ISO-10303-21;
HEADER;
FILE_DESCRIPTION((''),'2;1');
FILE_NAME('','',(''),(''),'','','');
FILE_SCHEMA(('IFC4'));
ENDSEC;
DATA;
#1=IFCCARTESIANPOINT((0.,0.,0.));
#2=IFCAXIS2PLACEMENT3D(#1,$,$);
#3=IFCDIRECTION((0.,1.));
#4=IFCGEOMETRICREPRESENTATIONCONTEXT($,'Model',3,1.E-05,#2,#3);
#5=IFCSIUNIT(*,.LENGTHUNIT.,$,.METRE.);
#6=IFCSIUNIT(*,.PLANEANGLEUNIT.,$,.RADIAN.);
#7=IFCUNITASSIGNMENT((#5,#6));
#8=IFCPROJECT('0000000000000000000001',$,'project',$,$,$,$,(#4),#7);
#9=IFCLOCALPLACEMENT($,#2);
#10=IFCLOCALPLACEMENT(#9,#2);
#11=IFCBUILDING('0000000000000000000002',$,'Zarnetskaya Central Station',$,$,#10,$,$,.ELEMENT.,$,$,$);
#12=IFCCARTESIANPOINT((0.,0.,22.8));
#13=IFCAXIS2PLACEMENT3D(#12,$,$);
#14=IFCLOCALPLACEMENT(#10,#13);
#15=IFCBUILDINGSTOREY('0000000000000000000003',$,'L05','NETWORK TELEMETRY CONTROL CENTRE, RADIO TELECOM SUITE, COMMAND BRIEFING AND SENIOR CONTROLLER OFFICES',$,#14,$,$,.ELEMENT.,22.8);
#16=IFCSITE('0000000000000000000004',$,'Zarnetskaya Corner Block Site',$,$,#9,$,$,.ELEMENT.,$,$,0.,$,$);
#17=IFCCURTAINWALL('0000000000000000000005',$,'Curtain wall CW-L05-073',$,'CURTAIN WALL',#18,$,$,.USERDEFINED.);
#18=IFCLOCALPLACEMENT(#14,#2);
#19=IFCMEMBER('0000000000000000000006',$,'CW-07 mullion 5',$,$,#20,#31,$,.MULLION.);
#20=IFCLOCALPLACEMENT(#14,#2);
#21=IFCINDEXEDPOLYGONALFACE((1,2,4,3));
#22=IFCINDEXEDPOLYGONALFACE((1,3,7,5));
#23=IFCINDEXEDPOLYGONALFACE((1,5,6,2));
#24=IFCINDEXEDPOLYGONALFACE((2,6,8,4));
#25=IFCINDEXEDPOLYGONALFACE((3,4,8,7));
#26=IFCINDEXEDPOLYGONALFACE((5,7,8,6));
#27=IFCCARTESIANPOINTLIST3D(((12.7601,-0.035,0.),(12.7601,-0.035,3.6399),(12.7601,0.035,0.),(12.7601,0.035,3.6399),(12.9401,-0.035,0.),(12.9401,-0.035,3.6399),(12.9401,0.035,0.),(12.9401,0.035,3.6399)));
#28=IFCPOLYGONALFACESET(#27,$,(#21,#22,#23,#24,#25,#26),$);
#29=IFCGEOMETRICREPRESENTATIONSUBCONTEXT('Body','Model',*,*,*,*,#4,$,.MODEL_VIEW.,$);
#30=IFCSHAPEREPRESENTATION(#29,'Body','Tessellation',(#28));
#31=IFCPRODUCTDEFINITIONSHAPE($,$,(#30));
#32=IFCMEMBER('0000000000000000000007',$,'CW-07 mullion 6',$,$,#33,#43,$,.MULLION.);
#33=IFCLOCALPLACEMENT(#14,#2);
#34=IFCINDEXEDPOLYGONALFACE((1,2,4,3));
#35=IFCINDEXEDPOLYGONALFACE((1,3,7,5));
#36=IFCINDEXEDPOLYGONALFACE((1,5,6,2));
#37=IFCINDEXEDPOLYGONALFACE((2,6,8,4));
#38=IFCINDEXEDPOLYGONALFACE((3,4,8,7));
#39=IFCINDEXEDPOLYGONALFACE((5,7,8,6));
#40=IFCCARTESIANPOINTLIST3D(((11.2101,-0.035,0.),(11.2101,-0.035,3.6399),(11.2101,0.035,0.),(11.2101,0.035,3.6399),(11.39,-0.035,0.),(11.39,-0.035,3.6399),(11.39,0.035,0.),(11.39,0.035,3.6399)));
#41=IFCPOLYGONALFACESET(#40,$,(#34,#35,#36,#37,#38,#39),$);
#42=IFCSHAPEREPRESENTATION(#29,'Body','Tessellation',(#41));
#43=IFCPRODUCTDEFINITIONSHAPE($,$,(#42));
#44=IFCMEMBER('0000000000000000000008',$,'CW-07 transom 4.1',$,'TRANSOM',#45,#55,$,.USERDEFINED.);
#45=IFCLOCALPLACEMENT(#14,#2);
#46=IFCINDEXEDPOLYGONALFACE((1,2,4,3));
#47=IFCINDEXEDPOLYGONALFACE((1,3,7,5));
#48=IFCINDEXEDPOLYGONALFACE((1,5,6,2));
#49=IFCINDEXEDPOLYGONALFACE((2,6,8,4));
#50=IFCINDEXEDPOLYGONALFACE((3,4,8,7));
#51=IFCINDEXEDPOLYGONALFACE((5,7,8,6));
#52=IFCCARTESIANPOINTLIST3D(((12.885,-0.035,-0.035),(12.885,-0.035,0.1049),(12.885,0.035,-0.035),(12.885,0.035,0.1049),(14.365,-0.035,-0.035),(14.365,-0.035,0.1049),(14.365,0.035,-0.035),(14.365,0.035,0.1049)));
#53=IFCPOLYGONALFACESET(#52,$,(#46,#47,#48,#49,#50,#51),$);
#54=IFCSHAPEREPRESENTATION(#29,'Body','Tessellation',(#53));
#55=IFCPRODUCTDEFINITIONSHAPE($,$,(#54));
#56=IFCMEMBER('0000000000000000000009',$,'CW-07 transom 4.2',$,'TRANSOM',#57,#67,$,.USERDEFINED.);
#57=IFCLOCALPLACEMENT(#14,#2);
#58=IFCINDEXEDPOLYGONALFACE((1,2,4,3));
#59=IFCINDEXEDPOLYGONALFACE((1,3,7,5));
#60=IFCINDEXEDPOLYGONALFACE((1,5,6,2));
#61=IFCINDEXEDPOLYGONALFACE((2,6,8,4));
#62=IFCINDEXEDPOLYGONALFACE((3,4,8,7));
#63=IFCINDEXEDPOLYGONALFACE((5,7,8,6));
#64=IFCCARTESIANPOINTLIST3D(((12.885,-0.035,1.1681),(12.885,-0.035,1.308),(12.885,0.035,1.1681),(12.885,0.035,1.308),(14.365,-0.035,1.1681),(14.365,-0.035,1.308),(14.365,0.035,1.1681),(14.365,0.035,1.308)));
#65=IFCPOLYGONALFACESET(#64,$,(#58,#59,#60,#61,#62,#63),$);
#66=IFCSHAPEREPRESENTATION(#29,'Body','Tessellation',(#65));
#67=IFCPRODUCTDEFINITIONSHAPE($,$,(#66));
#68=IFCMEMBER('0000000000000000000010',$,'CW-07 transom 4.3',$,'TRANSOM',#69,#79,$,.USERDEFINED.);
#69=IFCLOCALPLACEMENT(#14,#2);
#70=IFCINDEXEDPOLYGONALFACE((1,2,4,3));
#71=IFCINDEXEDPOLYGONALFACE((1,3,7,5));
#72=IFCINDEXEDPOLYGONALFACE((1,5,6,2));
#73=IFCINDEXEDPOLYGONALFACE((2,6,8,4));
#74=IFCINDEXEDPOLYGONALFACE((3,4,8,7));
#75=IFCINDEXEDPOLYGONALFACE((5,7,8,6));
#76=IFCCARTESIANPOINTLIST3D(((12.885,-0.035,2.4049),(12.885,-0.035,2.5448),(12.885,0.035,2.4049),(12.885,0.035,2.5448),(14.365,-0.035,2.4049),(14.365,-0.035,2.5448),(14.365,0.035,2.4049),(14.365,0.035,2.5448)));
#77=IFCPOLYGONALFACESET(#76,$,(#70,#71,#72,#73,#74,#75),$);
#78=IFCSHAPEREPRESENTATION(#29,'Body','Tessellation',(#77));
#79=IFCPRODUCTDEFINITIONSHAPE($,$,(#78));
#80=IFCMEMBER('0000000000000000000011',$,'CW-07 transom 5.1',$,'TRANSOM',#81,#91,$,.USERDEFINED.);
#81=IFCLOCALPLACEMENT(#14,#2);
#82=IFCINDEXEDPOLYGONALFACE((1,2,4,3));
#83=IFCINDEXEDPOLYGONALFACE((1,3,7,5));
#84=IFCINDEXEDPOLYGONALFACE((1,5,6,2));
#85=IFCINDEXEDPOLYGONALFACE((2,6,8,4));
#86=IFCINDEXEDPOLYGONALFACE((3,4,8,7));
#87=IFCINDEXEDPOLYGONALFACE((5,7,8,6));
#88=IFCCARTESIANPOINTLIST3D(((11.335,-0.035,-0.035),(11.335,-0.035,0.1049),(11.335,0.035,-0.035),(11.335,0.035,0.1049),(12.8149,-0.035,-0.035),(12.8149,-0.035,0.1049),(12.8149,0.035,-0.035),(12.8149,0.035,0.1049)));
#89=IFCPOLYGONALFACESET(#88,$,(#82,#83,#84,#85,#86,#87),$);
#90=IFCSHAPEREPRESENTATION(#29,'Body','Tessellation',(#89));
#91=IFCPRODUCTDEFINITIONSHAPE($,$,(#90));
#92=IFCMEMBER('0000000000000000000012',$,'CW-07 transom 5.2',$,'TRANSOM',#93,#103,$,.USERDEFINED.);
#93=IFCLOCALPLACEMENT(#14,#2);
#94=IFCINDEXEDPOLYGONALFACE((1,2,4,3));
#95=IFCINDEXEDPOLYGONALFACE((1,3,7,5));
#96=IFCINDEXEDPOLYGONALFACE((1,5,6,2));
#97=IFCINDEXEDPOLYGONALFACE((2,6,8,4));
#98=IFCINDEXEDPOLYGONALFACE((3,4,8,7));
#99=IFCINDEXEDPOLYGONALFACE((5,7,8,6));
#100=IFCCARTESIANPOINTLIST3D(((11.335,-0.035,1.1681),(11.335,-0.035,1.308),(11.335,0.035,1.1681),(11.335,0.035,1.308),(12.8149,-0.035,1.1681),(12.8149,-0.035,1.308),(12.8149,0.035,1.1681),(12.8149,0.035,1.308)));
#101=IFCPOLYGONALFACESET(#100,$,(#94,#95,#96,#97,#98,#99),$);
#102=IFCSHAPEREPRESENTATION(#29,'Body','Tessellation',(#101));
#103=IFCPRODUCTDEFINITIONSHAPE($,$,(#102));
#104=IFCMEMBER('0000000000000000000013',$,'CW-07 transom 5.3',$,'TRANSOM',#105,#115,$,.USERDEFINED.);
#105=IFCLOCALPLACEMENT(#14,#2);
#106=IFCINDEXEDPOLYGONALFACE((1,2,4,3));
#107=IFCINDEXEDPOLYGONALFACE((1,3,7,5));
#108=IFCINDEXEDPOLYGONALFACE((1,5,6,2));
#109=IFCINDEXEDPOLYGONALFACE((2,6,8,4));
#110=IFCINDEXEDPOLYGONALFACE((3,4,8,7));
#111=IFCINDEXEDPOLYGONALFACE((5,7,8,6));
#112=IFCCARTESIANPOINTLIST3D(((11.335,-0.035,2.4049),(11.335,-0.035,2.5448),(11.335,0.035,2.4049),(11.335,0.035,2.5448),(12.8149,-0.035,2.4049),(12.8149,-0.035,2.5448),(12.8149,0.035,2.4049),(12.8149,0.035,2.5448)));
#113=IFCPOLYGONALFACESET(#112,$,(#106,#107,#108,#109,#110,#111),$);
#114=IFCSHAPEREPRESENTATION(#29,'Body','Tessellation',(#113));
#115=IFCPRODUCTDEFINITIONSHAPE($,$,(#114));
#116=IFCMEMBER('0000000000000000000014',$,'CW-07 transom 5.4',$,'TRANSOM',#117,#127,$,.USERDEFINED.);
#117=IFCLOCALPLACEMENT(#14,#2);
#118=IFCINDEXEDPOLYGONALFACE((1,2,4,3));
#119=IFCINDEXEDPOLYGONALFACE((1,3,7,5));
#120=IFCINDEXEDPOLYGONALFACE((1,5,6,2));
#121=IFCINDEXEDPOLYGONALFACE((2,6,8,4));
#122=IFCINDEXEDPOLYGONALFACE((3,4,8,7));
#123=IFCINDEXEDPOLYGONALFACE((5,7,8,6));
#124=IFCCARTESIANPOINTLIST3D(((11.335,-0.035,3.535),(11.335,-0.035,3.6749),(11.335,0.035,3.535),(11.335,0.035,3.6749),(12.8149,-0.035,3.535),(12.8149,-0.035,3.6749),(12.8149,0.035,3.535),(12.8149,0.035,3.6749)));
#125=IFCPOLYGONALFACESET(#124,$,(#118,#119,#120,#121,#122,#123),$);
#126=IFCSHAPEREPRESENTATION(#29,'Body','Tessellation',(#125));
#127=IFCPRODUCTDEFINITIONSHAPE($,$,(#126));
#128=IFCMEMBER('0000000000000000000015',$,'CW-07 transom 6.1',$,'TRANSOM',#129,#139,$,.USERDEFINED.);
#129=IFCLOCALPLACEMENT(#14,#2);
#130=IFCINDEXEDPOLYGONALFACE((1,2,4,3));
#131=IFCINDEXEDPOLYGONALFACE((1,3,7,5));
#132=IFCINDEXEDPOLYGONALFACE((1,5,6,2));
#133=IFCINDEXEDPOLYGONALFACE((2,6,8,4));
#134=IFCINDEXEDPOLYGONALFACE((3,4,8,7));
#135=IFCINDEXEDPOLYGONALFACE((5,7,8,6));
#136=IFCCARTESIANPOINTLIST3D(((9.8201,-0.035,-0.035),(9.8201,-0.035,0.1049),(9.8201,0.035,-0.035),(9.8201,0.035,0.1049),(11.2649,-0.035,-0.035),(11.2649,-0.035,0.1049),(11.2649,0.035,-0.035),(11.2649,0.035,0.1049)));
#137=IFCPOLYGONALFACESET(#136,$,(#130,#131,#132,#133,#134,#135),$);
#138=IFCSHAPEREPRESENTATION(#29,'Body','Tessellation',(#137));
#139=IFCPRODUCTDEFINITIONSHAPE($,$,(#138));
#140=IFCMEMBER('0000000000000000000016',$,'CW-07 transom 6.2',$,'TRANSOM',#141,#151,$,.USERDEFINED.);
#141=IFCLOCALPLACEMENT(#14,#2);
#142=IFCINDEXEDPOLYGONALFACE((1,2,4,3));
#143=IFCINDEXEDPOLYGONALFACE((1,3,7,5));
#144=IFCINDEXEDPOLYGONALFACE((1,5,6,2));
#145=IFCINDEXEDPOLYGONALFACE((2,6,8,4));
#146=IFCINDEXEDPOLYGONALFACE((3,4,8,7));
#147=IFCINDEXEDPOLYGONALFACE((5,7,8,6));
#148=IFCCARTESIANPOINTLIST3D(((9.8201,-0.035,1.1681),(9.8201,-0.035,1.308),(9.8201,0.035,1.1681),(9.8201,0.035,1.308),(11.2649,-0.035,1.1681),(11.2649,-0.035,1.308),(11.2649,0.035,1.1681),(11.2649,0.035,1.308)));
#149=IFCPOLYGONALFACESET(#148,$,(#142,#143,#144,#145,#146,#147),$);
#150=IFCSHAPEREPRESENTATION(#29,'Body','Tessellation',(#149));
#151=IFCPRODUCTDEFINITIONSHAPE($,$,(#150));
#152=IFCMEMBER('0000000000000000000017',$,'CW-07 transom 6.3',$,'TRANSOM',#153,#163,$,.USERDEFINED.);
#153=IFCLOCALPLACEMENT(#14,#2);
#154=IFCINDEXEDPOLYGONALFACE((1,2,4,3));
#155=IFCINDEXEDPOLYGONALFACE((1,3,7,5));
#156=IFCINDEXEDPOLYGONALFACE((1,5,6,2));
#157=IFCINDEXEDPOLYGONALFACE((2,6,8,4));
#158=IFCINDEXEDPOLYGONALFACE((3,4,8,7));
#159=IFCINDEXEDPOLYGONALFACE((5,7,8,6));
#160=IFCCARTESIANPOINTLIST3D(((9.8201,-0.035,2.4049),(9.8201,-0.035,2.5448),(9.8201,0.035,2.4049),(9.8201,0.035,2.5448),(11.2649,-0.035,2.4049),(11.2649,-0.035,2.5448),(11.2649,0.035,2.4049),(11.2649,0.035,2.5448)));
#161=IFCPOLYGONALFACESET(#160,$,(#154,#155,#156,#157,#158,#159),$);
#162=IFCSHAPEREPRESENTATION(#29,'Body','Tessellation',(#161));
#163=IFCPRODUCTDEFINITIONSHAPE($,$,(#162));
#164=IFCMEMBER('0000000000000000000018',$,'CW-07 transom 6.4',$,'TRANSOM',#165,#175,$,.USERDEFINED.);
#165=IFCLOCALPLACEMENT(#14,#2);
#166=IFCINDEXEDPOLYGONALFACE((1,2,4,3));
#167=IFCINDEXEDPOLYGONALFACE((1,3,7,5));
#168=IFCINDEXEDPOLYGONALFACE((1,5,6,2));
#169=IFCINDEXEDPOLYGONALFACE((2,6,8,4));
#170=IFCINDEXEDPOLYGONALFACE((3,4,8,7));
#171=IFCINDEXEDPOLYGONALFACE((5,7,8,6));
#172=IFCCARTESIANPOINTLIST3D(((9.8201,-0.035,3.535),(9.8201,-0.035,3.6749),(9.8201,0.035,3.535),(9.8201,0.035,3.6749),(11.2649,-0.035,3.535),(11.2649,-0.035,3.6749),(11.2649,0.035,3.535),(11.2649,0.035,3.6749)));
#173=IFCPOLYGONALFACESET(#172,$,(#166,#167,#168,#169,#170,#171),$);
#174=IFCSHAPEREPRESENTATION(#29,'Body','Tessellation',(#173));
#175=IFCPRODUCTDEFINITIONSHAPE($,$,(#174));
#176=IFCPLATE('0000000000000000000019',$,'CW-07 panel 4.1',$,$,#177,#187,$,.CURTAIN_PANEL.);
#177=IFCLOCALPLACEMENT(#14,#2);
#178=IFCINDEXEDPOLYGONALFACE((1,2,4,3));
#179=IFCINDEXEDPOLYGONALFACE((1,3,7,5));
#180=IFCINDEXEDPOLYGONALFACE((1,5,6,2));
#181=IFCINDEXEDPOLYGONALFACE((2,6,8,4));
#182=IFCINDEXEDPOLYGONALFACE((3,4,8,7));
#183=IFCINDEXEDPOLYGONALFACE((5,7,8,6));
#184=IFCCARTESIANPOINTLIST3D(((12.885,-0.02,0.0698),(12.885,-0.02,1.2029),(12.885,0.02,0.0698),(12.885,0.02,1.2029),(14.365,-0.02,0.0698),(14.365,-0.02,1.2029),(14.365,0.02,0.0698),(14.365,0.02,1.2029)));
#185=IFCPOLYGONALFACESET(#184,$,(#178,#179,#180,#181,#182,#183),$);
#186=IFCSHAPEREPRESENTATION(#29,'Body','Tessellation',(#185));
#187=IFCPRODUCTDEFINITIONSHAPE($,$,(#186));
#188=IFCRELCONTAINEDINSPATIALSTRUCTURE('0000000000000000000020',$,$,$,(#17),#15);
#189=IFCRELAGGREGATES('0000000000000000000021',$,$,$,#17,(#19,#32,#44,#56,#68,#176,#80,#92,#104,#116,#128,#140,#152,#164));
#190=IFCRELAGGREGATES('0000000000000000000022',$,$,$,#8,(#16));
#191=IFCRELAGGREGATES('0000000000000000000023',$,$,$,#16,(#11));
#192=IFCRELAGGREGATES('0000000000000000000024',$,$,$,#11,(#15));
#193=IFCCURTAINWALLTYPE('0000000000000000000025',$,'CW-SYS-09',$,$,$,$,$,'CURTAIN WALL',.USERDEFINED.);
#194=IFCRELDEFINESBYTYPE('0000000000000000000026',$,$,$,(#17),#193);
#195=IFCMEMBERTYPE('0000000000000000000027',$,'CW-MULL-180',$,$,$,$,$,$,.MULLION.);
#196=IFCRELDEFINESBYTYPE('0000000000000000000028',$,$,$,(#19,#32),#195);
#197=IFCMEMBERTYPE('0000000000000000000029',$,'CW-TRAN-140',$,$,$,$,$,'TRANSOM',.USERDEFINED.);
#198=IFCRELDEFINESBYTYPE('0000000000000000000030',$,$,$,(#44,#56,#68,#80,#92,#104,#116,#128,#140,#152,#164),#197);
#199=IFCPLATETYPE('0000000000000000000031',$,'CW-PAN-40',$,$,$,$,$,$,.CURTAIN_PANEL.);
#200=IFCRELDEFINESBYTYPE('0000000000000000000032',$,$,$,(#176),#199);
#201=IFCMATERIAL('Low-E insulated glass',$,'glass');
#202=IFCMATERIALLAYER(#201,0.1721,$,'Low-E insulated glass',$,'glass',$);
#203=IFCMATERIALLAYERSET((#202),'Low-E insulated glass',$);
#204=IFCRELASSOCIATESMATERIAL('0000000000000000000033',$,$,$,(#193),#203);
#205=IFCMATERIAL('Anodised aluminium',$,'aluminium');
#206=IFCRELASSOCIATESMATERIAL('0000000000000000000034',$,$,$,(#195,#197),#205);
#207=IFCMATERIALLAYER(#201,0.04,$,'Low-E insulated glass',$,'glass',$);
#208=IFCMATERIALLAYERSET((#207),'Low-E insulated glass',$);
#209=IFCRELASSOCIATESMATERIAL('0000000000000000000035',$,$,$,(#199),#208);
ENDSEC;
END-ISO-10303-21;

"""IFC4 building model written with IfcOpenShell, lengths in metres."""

from ifc_helpers import new_model, si_unit, direction, frame, origin, origin_2d, place, context, subcontext, project, spatial, rectangle, extrude, material, layer, layer_set, material_profile, profile_set, type_object, element, aggregate, save


model = new_model("IFC4")

# Units and contexts
model_context = context("Model", 3, precision=1e-05, world=origin(), true_north=direction((0.0, 1.0)))
body_context = subcontext(model_context, "Body", "Model", "MODEL_VIEW")
ifc_project = project(units=[si_unit("LENGTHUNIT", "METRE"), si_unit("PLANEANGLEUNIT", "RADIAN")], contexts=[model_context])

# Site, building, storey
site_placement = place(None, origin())
site = spatial("IfcSite", under=ifc_project, at=site_placement, Name="Zarnetskaya Corner Block Site", CompositionType="ELEMENT", RefElevation=0.0)
building_placement = place(site_placement, origin())
building = spatial("IfcBuilding", under=site, at=building_placement, Name="Zarnetskaya Central Station", CompositionType="ELEMENT")
storey_placement = place(building_placement, frame((0.0, 0.0, 22.8)))
storey = spatial("IfcBuildingStorey", under=building, at=storey_placement, Name="L05", Description="NETWORK TELEMETRY CONTROL CENTRE, RADIO TELECOM SUITE, COMMAND BRIEFING AND SENIOR CONTROLLER OFFICES", CompositionType="ELEMENT", Elevation=22.8)

# Curtain wall, members, plate
ifc_material_1 = material(Name="Low-E insulated glass", Category="glass")
ifc_layer_1 = layer(ifc_material_1, 0.1721, Name="Low-E insulated glass", Category="glass")
ifc_layer_set_1 = layer_set([ifc_layer_1], Name="Low-E insulated glass")
curtain_wall_type = type_object("IfcCurtainWallType", Name="CW-SYS-09", ElementType="CURTAIN WALL", PredefinedType="USERDEFINED", material=ifc_layer_set_1)
curtain_wall_placement = place(storey_placement, origin())
curtain_wall = element("IfcCurtainWall", 1, at=curtain_wall_placement, inside=storey, type_object=curtain_wall_type, Name="Curtain wall CW-L05-073", ObjectType="CURTAIN WALL", PredefinedType="USERDEFINED")
ifc_material_2 = material(Name="Anodised aluminium", Category="aluminium")
ifc_material_profile_1 = material_profile(ifc_material_2, rectangle(XDim=0.0701, YDim=0.1799, at=origin_2d()), Name="ALU MULL 70x180")
ifc_profile_set_1 = profile_set([ifc_material_profile_1], Name="Anodised aluminium")
member_type_1 = type_object("IfcMemberType", Name="CW-MULL-180", PredefinedType="MULLION", material=ifc_profile_set_1)
member_1_placement = place(storey_placement, frame((12.8501, 0.0, 0.0), z_axis=(0.0, 0.0, 1.0), x_axis=(0.0, -1.0, 0.0)))
member_1 = element("IfcMember", 2, at=member_1_placement, type_object=member_type_1, Name="CW-07 mullion 5", PredefinedType="MULLION", context=body_context, shape_type="SweptSolid", body=[
    extrude(rectangle(XDim=0.0701, YDim=0.1799, at=origin_2d()), origin(), (0.0, 0.0, 1.0), 3.6399),
])
member_2_placement = place(storey_placement, frame((11.3, 0.0, 0.0), z_axis=(0.0, 0.0, 1.0), x_axis=(0.0, -1.0, 0.0)))
member_2 = element("IfcMember", 3, at=member_2_placement, type_object=member_type_1, Name="CW-07 mullion 6", PredefinedType="MULLION", context=body_context, shape_type="SweptSolid", body=[
    extrude(rectangle(XDim=0.0701, YDim=0.1799, at=origin_2d()), origin(), (0.0, 0.0, 1.0), 3.6399),
])
ifc_material_profile_2 = material_profile(ifc_material_2, rectangle(XDim=0.0701, YDim=0.1399, at=origin_2d()), Name="ALU TRAN 70x140")
ifc_profile_set_2 = profile_set([ifc_material_profile_2], Name="Anodised aluminium")
member_type_2 = type_object("IfcMemberType", Name="CW-TRAN-140", ElementType="TRANSOM", PredefinedType="USERDEFINED", material=ifc_profile_set_2)
member_3_placement = place(storey_placement, frame((14.365, 0.0, 0.0349), z_axis=(-1.0, 0.0, 0.0), x_axis=(0.0, -1.0, 0.0)))
member_3 = element("IfcMember", 4, at=member_3_placement, type_object=member_type_2, Name="CW-07 transom 4.1", ObjectType="TRANSOM", PredefinedType="USERDEFINED", context=body_context, shape_type="SweptSolid", body=[
    extrude(rectangle(XDim=0.0701, YDim=0.1399, at=origin_2d()), origin(), (0.0, 0.0, 1.0), 1.48),
])
member_4_placement = place(storey_placement, frame((14.365, 0.0, 1.238), z_axis=(-1.0, 0.0, 0.0), x_axis=(0.0, -1.0, 0.0)))
member_4 = element("IfcMember", 5, at=member_4_placement, type_object=member_type_2, Name="CW-07 transom 4.2", ObjectType="TRANSOM", PredefinedType="USERDEFINED", context=body_context, shape_type="SweptSolid", body=[
    extrude(rectangle(XDim=0.0701, YDim=0.1399, at=origin_2d()), origin(), (0.0, 0.0, 1.0), 1.48),
])
member_5_placement = place(storey_placement, frame((14.365, 0.0, 2.4749), z_axis=(-1.0, 0.0, 0.0), x_axis=(0.0, -1.0, 0.0)))
member_5 = element("IfcMember", 6, at=member_5_placement, type_object=member_type_2, Name="CW-07 transom 4.3", ObjectType="TRANSOM", PredefinedType="USERDEFINED", context=body_context, shape_type="SweptSolid", body=[
    extrude(rectangle(XDim=0.0701, YDim=0.1399, at=origin_2d()), origin(), (0.0, 0.0, 1.0), 1.48),
])
member_6_placement = place(storey_placement, frame((12.8149, 0.0, 0.0349), z_axis=(-1.0, 0.0, 0.0), x_axis=(0.0, -1.0, 0.0)))
member_6 = element("IfcMember", 7, at=member_6_placement, type_object=member_type_2, Name="CW-07 transom 5.1", ObjectType="TRANSOM", PredefinedType="USERDEFINED", context=body_context, shape_type="SweptSolid", body=[
    extrude(rectangle(XDim=0.0701, YDim=0.1399, at=origin_2d()), origin(), (0.0, 0.0, 1.0), 1.48),
])
member_7_placement = place(storey_placement, frame((12.8149, 0.0, 1.238), z_axis=(-1.0, 0.0, 0.0), x_axis=(0.0, -1.0, 0.0)))
member_7 = element("IfcMember", 8, at=member_7_placement, type_object=member_type_2, Name="CW-07 transom 5.2", ObjectType="TRANSOM", PredefinedType="USERDEFINED", context=body_context, shape_type="SweptSolid", body=[
    extrude(rectangle(XDim=0.0701, YDim=0.1399, at=origin_2d()), origin(), (0.0, 0.0, 1.0), 1.48),
])
member_8_placement = place(storey_placement, frame((12.8149, 0.0, 2.4749), z_axis=(-1.0, 0.0, 0.0), x_axis=(0.0, -1.0, 0.0)))
member_8 = element("IfcMember", 9, at=member_8_placement, type_object=member_type_2, Name="CW-07 transom 5.3", ObjectType="TRANSOM", PredefinedType="USERDEFINED", context=body_context, shape_type="SweptSolid", body=[
    extrude(rectangle(XDim=0.0701, YDim=0.1399, at=origin_2d()), origin(), (0.0, 0.0, 1.0), 1.48),
])
member_9_placement = place(storey_placement, frame((12.8149, 0.0, 3.605), z_axis=(-1.0, 0.0, 0.0), x_axis=(0.0, -1.0, 0.0)))
member_9 = element("IfcMember", 10, at=member_9_placement, type_object=member_type_2, Name="CW-07 transom 5.4", ObjectType="TRANSOM", PredefinedType="USERDEFINED", context=body_context, shape_type="SweptSolid", body=[
    extrude(rectangle(XDim=0.0701, YDim=0.1399, at=origin_2d()), origin(), (0.0, 0.0, 1.0), 1.48),
])
member_10_placement = place(storey_placement, frame((11.2649, 0.0, 0.0349), z_axis=(-1.0, 0.0, 0.0), x_axis=(0.0, -1.0, 0.0)))
member_10 = element("IfcMember", 11, at=member_10_placement, type_object=member_type_2, Name="CW-07 transom 6.1", ObjectType="TRANSOM", PredefinedType="USERDEFINED", context=body_context, shape_type="SweptSolid", body=[
    extrude(rectangle(XDim=0.0701, YDim=0.1399, at=origin_2d()), origin(), (0.0, 0.0, 1.0), 1.4448),
])
member_11_placement = place(storey_placement, frame((11.2649, 0.0, 1.238), z_axis=(-1.0, 0.0, 0.0), x_axis=(0.0, -1.0, 0.0)))
member_11 = element("IfcMember", 12, at=member_11_placement, type_object=member_type_2, Name="CW-07 transom 6.2", ObjectType="TRANSOM", PredefinedType="USERDEFINED", context=body_context, shape_type="SweptSolid", body=[
    extrude(rectangle(XDim=0.0701, YDim=0.1399, at=origin_2d()), origin(), (0.0, 0.0, 1.0), 1.4448),
])
member_12_placement = place(storey_placement, frame((11.2649, 0.0, 2.4749), z_axis=(-1.0, 0.0, 0.0), x_axis=(0.0, -1.0, 0.0)))
member_12 = element("IfcMember", 13, at=member_12_placement, type_object=member_type_2, Name="CW-07 transom 6.3", ObjectType="TRANSOM", PredefinedType="USERDEFINED", context=body_context, shape_type="SweptSolid", body=[
    extrude(rectangle(XDim=0.0701, YDim=0.1399, at=origin_2d()), origin(), (0.0, 0.0, 1.0), 1.4448),
])
member_13_placement = place(storey_placement, frame((11.2649, 0.0, 3.605), z_axis=(-1.0, 0.0, 0.0), x_axis=(0.0, -1.0, 0.0)))
member_13 = element("IfcMember", 14, at=member_13_placement, type_object=member_type_2, Name="CW-07 transom 6.4", ObjectType="TRANSOM", PredefinedType="USERDEFINED", context=body_context, shape_type="SweptSolid", body=[
    extrude(rectangle(XDim=0.0701, YDim=0.1399, at=origin_2d()), origin(), (0.0, 0.0, 1.0), 1.4448),
])
ifc_layer_2 = layer(ifc_material_1, 0.04, Name="Low-E insulated glass", Category="glass")
ifc_layer_set_2 = layer_set([ifc_layer_2], Name="Low-E insulated glass")
plate_type = type_object("IfcPlateType", Name="CW-PAN-40", PredefinedType="CURTAIN_PANEL", material=ifc_layer_set_2)
plate_1_placement = place(storey_placement, frame((13.625, 0.0, 0.0698), z_axis=(0.0, 0.0, 1.0), x_axis=(-1.0, 0.0, 0.0)))
plate_1 = element("IfcPlate", 15, at=plate_1_placement, type_object=plate_type, Name="CW-07 panel 4.1", PredefinedType="CURTAIN_PANEL", context=body_context, shape_type="SweptSolid", body=[
    extrude(rectangle(XDim=1.48, YDim=0.04, at=origin_2d()), origin(), (0.0, 0.0, 1.0), 1.1331),
])
aggregate(curtain_wall, [member_1, member_2, member_3, member_4, member_5, plate_1, member_6, member_7, member_8, member_9, member_10, member_11, member_12, member_13])

save(model, "model.ifc")
